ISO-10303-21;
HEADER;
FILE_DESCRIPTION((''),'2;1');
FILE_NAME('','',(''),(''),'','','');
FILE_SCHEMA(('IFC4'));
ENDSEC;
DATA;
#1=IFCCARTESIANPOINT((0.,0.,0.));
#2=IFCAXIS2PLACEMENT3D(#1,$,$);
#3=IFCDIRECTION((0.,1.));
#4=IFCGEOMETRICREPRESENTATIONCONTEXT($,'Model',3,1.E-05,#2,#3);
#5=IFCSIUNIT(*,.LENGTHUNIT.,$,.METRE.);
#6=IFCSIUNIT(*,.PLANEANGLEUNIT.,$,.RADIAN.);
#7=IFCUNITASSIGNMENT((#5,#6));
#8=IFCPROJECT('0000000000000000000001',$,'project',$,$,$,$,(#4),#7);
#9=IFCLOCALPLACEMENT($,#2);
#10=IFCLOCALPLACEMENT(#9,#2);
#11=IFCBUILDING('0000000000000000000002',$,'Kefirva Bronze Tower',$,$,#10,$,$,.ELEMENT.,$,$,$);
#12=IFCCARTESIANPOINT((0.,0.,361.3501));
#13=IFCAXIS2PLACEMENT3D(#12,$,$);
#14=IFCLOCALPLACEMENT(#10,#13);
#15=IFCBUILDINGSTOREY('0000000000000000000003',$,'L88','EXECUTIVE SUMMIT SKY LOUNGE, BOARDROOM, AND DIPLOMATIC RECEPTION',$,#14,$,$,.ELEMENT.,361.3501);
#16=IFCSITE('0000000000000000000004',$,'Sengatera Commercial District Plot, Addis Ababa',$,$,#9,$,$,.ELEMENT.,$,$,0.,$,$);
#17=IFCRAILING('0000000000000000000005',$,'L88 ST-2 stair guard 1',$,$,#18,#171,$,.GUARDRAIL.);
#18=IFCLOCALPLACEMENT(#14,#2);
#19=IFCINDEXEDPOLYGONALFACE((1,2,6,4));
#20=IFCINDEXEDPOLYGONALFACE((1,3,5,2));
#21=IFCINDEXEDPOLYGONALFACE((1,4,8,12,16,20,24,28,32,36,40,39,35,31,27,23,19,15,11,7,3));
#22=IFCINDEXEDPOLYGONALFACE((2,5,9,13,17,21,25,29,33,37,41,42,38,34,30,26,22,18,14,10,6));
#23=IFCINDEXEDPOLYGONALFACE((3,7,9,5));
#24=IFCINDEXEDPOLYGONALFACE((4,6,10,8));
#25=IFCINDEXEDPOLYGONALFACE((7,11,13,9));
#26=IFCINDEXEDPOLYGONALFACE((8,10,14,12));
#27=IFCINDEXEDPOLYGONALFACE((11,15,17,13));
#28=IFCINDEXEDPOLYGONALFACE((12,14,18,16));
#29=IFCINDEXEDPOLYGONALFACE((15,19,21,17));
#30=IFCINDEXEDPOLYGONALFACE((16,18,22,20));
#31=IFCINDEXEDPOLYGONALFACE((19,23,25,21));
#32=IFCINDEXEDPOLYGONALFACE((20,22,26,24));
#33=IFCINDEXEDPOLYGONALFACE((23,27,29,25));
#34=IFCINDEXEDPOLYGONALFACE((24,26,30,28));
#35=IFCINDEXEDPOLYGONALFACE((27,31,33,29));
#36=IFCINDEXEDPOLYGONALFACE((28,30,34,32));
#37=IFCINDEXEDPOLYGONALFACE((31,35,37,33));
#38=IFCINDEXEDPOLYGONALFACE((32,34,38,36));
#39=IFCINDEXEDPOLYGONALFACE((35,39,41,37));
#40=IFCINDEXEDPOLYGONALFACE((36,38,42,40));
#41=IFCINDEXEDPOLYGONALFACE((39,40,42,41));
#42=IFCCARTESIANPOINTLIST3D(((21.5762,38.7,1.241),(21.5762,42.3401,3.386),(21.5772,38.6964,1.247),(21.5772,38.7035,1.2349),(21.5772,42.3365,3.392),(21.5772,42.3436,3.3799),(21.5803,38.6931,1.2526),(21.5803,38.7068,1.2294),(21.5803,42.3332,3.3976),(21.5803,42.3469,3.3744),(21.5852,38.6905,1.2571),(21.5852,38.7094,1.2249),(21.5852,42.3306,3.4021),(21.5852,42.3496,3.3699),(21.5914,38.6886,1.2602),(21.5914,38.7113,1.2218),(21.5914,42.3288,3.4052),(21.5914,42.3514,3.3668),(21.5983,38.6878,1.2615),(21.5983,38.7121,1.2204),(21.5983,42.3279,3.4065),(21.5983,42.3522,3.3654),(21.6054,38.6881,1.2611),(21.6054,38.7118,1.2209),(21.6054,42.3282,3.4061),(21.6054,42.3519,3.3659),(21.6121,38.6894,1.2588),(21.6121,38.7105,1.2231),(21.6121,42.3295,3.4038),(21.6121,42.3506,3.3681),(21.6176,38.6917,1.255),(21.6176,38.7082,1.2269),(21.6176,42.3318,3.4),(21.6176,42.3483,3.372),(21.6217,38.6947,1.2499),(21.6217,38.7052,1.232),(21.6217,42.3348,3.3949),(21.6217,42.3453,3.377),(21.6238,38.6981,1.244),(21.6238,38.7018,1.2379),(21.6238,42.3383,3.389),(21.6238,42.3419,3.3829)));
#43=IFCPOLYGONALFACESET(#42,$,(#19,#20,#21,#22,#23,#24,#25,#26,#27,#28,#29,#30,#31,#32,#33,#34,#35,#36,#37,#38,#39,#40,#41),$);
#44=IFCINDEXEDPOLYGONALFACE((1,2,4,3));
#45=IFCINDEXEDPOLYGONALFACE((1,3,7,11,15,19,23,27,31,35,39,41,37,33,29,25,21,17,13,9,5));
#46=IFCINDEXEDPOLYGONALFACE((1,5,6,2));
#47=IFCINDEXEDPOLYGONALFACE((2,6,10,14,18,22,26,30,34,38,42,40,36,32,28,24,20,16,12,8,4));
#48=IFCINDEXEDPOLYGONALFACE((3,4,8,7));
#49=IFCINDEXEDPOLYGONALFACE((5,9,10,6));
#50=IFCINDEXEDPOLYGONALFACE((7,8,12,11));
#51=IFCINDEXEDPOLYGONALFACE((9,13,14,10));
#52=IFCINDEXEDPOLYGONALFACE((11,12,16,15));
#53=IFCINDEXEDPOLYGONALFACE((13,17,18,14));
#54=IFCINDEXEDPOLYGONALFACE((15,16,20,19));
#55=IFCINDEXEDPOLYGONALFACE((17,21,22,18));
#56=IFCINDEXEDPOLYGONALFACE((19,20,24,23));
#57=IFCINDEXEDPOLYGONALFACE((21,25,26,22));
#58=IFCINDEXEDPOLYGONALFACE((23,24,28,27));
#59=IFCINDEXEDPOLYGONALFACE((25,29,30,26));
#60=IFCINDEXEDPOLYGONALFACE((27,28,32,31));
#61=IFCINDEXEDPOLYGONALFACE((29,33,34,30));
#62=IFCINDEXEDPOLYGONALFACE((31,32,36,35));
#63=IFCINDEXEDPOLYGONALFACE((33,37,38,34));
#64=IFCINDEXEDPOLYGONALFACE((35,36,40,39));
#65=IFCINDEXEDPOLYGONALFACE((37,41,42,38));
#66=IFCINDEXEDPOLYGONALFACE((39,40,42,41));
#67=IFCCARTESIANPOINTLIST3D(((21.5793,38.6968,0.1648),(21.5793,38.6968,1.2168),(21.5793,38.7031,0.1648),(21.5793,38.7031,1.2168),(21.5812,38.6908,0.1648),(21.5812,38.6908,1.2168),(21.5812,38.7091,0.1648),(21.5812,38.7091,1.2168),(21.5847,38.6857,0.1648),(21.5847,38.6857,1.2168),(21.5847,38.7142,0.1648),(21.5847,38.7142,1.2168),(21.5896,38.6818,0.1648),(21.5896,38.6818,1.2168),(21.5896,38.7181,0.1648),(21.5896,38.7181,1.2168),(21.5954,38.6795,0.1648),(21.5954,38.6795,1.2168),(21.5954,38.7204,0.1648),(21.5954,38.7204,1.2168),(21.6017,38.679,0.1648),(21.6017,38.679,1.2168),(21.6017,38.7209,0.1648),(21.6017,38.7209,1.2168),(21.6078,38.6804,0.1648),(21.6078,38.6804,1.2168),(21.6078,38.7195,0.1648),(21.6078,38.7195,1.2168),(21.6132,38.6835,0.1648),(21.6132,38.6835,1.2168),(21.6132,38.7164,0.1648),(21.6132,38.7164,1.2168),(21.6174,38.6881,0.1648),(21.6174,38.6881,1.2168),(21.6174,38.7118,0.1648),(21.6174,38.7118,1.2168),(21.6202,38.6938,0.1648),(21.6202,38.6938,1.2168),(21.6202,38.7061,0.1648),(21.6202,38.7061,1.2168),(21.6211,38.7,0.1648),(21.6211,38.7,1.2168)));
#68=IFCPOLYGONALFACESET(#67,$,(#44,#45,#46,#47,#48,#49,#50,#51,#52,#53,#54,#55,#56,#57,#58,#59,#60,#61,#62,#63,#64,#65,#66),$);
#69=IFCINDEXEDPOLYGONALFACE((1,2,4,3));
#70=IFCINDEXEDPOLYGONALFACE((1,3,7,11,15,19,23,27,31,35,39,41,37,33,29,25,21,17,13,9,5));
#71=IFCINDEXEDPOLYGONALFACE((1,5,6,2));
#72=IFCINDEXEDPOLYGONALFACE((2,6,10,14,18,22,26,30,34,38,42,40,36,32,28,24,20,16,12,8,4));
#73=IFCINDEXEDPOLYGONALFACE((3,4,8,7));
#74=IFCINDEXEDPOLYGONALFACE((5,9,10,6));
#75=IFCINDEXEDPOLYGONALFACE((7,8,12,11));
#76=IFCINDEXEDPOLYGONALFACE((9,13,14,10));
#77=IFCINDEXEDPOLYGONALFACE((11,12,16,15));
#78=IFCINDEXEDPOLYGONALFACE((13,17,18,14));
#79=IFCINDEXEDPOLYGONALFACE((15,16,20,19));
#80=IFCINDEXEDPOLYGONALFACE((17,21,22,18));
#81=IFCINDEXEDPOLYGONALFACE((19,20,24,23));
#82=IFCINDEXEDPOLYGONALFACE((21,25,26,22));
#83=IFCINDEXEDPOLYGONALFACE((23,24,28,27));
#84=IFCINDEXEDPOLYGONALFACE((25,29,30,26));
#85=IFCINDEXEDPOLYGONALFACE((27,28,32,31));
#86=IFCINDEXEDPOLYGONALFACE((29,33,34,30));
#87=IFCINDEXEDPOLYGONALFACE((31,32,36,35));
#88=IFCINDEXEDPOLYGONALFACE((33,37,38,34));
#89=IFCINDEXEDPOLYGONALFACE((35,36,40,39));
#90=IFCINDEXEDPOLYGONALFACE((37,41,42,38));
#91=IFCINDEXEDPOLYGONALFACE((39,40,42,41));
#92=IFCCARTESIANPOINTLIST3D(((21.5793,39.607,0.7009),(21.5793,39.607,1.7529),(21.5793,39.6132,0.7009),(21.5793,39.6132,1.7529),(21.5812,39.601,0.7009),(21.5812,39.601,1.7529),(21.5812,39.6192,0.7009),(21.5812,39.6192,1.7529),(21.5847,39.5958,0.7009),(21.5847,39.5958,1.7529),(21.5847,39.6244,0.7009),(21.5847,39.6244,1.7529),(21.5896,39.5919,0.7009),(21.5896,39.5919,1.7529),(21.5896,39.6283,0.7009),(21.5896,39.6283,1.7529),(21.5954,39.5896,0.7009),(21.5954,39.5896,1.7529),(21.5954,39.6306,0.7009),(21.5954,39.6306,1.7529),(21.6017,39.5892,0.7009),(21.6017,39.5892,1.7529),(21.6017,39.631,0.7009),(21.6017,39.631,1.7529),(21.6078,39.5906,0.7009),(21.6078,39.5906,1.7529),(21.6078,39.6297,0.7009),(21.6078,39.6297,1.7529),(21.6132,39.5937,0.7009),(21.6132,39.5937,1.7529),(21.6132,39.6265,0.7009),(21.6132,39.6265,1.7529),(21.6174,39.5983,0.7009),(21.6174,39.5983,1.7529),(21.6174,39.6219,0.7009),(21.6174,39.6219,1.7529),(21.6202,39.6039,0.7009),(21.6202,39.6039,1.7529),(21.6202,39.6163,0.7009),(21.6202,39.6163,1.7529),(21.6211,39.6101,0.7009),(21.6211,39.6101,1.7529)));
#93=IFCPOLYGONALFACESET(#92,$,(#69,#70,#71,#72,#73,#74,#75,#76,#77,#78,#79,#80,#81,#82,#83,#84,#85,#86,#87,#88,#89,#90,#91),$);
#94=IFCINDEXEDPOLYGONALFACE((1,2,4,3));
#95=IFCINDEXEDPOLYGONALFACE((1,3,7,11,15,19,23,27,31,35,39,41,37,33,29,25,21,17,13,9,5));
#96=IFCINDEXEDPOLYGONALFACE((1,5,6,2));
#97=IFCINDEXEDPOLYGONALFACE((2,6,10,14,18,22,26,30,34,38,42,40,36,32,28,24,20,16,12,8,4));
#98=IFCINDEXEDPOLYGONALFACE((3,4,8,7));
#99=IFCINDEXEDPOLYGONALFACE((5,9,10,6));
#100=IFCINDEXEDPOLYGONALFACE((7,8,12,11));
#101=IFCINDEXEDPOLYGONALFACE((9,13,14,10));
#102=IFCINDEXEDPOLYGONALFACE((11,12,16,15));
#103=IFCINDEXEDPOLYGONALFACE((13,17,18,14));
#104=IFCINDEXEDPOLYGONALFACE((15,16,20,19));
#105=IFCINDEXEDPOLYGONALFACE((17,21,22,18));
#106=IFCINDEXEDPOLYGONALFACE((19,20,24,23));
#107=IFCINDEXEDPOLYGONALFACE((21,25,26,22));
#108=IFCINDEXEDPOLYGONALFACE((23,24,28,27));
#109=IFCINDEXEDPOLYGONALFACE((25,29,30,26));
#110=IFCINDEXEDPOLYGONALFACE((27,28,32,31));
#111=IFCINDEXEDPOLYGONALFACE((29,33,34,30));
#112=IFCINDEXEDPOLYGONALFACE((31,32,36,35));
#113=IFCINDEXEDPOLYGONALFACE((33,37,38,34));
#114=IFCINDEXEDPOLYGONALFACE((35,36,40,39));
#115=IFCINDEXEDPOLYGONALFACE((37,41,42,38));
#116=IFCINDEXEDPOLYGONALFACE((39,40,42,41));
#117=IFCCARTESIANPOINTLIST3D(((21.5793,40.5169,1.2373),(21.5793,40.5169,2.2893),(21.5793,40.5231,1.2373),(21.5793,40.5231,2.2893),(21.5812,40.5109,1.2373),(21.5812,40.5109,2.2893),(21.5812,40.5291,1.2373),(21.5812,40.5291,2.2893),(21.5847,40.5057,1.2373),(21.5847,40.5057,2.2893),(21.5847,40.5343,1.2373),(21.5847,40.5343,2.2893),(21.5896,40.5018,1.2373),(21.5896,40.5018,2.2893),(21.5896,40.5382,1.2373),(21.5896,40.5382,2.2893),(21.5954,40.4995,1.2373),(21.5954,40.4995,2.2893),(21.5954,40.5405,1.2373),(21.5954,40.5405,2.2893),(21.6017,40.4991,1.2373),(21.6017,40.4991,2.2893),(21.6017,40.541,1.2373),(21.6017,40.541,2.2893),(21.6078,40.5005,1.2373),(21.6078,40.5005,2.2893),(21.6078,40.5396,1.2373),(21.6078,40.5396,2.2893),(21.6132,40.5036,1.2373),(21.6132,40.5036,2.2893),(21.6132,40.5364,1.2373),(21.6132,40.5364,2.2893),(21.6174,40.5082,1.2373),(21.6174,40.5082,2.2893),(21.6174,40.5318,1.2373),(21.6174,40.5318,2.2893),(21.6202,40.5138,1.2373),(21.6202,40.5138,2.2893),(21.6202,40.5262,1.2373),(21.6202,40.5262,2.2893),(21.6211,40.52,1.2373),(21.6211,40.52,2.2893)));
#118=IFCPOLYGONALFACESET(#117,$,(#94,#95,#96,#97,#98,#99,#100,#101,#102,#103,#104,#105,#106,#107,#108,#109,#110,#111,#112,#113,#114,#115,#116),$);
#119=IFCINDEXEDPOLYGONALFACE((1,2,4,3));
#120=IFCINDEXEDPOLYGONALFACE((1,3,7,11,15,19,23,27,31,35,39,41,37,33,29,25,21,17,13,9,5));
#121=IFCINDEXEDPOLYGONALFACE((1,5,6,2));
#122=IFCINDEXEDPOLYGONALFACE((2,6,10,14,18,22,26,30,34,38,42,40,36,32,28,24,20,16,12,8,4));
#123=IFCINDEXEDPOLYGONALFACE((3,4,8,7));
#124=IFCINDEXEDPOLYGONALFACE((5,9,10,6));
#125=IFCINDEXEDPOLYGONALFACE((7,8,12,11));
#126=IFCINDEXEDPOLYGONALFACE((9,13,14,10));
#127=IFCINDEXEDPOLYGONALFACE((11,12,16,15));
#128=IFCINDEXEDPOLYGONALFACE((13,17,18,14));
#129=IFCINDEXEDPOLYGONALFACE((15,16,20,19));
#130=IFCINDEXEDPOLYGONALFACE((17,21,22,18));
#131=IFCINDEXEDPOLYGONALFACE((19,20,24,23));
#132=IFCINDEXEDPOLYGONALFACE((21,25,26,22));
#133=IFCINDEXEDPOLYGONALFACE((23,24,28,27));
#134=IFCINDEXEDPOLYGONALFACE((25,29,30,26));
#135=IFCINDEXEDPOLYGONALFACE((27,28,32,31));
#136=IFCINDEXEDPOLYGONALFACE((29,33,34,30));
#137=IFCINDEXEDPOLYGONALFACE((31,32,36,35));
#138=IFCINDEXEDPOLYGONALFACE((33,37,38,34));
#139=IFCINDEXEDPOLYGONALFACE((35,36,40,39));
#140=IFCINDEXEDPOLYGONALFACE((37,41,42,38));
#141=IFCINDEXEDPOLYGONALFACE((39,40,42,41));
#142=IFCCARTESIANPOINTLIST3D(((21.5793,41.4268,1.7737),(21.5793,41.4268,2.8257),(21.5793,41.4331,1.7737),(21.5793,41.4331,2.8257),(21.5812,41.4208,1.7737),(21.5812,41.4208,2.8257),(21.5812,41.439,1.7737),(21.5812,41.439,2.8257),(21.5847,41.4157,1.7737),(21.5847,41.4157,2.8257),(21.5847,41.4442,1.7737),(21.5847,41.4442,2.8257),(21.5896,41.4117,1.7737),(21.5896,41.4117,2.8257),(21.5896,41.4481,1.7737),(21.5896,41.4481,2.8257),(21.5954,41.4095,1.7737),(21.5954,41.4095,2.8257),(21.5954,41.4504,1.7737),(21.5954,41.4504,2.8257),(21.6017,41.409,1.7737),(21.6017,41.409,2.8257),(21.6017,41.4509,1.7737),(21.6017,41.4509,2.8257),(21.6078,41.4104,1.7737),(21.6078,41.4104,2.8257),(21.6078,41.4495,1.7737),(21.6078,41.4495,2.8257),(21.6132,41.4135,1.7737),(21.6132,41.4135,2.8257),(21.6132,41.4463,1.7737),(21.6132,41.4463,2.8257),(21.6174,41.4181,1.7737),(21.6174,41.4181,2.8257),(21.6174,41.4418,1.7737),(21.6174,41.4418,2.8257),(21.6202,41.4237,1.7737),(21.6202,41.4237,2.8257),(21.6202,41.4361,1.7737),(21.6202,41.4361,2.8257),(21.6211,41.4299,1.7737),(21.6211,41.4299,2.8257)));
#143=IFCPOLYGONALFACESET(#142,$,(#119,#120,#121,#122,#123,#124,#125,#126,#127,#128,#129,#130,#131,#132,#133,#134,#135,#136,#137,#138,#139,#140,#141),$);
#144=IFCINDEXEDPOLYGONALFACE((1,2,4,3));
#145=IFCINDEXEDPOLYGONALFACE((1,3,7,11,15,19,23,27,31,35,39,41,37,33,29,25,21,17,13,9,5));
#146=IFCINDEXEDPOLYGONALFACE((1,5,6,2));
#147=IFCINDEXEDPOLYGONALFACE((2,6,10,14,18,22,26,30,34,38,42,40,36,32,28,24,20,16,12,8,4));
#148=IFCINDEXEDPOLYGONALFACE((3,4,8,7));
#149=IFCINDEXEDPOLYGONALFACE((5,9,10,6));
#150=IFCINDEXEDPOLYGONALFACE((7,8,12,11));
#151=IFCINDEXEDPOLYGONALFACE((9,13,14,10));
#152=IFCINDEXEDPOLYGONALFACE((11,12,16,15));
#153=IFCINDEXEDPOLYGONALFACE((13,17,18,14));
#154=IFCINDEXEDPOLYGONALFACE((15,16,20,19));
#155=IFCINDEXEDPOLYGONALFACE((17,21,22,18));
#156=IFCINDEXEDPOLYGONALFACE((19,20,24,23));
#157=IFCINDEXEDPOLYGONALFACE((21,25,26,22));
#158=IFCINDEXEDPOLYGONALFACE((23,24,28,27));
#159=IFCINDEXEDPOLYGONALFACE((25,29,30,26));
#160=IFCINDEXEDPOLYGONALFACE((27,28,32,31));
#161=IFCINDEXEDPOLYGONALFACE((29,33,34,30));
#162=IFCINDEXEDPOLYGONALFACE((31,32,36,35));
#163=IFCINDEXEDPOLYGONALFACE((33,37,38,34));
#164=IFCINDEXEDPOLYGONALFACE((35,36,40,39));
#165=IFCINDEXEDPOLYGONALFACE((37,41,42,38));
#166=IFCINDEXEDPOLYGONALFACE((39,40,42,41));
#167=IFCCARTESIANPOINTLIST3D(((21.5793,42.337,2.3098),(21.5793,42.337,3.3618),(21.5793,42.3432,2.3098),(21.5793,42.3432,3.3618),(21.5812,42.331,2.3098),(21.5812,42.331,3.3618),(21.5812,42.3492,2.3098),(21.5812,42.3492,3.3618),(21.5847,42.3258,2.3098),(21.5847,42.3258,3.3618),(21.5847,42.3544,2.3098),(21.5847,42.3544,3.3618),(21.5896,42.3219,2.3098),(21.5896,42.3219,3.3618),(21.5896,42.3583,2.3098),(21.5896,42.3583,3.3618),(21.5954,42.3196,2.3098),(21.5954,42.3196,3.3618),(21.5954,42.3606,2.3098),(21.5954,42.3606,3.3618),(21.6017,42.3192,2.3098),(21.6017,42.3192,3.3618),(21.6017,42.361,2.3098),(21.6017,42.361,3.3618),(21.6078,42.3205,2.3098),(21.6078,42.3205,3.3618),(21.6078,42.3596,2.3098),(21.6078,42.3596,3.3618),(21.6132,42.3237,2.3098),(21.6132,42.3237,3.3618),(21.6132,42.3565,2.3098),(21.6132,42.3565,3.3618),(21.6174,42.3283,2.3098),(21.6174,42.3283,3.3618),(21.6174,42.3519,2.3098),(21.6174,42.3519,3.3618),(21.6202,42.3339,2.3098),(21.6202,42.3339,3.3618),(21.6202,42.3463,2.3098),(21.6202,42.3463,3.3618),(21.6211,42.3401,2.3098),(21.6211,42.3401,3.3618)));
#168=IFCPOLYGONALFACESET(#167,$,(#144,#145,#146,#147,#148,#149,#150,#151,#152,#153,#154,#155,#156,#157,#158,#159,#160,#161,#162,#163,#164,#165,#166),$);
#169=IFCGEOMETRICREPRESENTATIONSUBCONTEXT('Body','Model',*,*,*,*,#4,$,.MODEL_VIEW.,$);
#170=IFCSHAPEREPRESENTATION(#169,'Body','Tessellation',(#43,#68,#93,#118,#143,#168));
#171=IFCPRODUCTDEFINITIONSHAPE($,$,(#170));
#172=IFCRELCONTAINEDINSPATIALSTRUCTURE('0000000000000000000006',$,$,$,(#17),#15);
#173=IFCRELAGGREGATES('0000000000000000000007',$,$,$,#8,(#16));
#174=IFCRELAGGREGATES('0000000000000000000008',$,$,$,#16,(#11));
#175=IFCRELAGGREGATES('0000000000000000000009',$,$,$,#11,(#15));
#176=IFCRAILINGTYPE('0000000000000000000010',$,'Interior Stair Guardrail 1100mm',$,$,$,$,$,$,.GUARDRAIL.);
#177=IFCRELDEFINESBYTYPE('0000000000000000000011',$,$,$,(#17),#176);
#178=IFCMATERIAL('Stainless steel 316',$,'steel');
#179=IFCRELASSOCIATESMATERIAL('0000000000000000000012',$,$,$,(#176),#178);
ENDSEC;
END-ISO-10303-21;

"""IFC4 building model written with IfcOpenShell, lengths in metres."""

from ifc_helpers import new_model, si_unit, direction, frame, origin, origin_2d, place, context, subcontext, project, spatial, circle, extrude, material, type_object, element, save


model = new_model("IFC4")

# Units and contexts
model_context = context("Model", 3, precision=1e-05, world=origin(), true_north=direction((0.0, 1.0)))
body_context = subcontext(model_context, "Body", "Model", "MODEL_VIEW")
ifc_project = project(units=[si_unit("LENGTHUNIT", "METRE"), si_unit("PLANEANGLEUNIT", "RADIAN")], contexts=[model_context])

# Site, building, storey
site_placement = place(None, origin())
site = spatial("IfcSite", under=ifc_project, at=site_placement, Name="Sengatera Commercial District Plot, Addis Ababa", CompositionType="ELEMENT", RefElevation=0.0)
building_placement = place(site_placement, origin())
building = spatial("IfcBuilding", under=site, at=building_placement, Name="Kefirva Bronze Tower", CompositionType="ELEMENT")
storey_placement = place(building_placement, frame((0.0, 0.0, 361.3501)))
storey = spatial("IfcBuildingStorey", under=building, at=storey_placement, Name="L88", Description="EXECUTIVE SUMMIT SKY LOUNGE, BOARDROOM, AND DIPLOMATIC RECEPTION", CompositionType="ELEMENT", Elevation=361.3501)

# Railing
ifc_material_1 = material(Name="Stainless steel 316", Category="steel")
railing_type = type_object("IfcRailingType", Name="Interior Stair Guardrail 1100mm", PredefinedType="GUARDRAIL", material=ifc_material_1)
railing_1_placement = place(storey_placement, frame((21.6001, 38.7, 0.1648)))
element("IfcRailing", 1, at=railing_1_placement, inside=storey, type_object=railing_type, Name="L88 ST-2 stair guard 1", PredefinedType="GUARDRAIL", context=body_context, shape_type="SweptSolid", body=[
    extrude(circle(Radius=0.0239, at=origin_2d()), frame((0.0, 0.0, 1.0762), z_axis=(0.0, 0.861545, 0.507682), x_axis=(-1.0, 0.0, 0.0)), (0.0, 0.0, 1.0), 4.2251),
    extrude(circle(Radius=0.021, at=origin_2d()), origin(), (0.0, 0.0, 1.0), 1.052),
    extrude(circle(Radius=0.021, at=origin_2d()), frame((0.0, 0.9102, 0.5361)), (0.0, 0.0, 1.0), 1.052),
    extrude(circle(Radius=0.021, at=origin_2d()), frame((0.0, 1.8201, 1.0725)), (0.0, 0.0, 1.0), 1.052),
    extrude(circle(Radius=0.021, at=origin_2d()), frame((0.0, 2.73, 1.6089)), (0.0, 0.0, 1.0), 1.052),
    extrude(circle(Radius=0.021, at=origin_2d()), frame((0.0, 3.6401, 2.145)), (0.0, 0.0, 1.0), 1.052),
])

save(model, "model.ifc")
